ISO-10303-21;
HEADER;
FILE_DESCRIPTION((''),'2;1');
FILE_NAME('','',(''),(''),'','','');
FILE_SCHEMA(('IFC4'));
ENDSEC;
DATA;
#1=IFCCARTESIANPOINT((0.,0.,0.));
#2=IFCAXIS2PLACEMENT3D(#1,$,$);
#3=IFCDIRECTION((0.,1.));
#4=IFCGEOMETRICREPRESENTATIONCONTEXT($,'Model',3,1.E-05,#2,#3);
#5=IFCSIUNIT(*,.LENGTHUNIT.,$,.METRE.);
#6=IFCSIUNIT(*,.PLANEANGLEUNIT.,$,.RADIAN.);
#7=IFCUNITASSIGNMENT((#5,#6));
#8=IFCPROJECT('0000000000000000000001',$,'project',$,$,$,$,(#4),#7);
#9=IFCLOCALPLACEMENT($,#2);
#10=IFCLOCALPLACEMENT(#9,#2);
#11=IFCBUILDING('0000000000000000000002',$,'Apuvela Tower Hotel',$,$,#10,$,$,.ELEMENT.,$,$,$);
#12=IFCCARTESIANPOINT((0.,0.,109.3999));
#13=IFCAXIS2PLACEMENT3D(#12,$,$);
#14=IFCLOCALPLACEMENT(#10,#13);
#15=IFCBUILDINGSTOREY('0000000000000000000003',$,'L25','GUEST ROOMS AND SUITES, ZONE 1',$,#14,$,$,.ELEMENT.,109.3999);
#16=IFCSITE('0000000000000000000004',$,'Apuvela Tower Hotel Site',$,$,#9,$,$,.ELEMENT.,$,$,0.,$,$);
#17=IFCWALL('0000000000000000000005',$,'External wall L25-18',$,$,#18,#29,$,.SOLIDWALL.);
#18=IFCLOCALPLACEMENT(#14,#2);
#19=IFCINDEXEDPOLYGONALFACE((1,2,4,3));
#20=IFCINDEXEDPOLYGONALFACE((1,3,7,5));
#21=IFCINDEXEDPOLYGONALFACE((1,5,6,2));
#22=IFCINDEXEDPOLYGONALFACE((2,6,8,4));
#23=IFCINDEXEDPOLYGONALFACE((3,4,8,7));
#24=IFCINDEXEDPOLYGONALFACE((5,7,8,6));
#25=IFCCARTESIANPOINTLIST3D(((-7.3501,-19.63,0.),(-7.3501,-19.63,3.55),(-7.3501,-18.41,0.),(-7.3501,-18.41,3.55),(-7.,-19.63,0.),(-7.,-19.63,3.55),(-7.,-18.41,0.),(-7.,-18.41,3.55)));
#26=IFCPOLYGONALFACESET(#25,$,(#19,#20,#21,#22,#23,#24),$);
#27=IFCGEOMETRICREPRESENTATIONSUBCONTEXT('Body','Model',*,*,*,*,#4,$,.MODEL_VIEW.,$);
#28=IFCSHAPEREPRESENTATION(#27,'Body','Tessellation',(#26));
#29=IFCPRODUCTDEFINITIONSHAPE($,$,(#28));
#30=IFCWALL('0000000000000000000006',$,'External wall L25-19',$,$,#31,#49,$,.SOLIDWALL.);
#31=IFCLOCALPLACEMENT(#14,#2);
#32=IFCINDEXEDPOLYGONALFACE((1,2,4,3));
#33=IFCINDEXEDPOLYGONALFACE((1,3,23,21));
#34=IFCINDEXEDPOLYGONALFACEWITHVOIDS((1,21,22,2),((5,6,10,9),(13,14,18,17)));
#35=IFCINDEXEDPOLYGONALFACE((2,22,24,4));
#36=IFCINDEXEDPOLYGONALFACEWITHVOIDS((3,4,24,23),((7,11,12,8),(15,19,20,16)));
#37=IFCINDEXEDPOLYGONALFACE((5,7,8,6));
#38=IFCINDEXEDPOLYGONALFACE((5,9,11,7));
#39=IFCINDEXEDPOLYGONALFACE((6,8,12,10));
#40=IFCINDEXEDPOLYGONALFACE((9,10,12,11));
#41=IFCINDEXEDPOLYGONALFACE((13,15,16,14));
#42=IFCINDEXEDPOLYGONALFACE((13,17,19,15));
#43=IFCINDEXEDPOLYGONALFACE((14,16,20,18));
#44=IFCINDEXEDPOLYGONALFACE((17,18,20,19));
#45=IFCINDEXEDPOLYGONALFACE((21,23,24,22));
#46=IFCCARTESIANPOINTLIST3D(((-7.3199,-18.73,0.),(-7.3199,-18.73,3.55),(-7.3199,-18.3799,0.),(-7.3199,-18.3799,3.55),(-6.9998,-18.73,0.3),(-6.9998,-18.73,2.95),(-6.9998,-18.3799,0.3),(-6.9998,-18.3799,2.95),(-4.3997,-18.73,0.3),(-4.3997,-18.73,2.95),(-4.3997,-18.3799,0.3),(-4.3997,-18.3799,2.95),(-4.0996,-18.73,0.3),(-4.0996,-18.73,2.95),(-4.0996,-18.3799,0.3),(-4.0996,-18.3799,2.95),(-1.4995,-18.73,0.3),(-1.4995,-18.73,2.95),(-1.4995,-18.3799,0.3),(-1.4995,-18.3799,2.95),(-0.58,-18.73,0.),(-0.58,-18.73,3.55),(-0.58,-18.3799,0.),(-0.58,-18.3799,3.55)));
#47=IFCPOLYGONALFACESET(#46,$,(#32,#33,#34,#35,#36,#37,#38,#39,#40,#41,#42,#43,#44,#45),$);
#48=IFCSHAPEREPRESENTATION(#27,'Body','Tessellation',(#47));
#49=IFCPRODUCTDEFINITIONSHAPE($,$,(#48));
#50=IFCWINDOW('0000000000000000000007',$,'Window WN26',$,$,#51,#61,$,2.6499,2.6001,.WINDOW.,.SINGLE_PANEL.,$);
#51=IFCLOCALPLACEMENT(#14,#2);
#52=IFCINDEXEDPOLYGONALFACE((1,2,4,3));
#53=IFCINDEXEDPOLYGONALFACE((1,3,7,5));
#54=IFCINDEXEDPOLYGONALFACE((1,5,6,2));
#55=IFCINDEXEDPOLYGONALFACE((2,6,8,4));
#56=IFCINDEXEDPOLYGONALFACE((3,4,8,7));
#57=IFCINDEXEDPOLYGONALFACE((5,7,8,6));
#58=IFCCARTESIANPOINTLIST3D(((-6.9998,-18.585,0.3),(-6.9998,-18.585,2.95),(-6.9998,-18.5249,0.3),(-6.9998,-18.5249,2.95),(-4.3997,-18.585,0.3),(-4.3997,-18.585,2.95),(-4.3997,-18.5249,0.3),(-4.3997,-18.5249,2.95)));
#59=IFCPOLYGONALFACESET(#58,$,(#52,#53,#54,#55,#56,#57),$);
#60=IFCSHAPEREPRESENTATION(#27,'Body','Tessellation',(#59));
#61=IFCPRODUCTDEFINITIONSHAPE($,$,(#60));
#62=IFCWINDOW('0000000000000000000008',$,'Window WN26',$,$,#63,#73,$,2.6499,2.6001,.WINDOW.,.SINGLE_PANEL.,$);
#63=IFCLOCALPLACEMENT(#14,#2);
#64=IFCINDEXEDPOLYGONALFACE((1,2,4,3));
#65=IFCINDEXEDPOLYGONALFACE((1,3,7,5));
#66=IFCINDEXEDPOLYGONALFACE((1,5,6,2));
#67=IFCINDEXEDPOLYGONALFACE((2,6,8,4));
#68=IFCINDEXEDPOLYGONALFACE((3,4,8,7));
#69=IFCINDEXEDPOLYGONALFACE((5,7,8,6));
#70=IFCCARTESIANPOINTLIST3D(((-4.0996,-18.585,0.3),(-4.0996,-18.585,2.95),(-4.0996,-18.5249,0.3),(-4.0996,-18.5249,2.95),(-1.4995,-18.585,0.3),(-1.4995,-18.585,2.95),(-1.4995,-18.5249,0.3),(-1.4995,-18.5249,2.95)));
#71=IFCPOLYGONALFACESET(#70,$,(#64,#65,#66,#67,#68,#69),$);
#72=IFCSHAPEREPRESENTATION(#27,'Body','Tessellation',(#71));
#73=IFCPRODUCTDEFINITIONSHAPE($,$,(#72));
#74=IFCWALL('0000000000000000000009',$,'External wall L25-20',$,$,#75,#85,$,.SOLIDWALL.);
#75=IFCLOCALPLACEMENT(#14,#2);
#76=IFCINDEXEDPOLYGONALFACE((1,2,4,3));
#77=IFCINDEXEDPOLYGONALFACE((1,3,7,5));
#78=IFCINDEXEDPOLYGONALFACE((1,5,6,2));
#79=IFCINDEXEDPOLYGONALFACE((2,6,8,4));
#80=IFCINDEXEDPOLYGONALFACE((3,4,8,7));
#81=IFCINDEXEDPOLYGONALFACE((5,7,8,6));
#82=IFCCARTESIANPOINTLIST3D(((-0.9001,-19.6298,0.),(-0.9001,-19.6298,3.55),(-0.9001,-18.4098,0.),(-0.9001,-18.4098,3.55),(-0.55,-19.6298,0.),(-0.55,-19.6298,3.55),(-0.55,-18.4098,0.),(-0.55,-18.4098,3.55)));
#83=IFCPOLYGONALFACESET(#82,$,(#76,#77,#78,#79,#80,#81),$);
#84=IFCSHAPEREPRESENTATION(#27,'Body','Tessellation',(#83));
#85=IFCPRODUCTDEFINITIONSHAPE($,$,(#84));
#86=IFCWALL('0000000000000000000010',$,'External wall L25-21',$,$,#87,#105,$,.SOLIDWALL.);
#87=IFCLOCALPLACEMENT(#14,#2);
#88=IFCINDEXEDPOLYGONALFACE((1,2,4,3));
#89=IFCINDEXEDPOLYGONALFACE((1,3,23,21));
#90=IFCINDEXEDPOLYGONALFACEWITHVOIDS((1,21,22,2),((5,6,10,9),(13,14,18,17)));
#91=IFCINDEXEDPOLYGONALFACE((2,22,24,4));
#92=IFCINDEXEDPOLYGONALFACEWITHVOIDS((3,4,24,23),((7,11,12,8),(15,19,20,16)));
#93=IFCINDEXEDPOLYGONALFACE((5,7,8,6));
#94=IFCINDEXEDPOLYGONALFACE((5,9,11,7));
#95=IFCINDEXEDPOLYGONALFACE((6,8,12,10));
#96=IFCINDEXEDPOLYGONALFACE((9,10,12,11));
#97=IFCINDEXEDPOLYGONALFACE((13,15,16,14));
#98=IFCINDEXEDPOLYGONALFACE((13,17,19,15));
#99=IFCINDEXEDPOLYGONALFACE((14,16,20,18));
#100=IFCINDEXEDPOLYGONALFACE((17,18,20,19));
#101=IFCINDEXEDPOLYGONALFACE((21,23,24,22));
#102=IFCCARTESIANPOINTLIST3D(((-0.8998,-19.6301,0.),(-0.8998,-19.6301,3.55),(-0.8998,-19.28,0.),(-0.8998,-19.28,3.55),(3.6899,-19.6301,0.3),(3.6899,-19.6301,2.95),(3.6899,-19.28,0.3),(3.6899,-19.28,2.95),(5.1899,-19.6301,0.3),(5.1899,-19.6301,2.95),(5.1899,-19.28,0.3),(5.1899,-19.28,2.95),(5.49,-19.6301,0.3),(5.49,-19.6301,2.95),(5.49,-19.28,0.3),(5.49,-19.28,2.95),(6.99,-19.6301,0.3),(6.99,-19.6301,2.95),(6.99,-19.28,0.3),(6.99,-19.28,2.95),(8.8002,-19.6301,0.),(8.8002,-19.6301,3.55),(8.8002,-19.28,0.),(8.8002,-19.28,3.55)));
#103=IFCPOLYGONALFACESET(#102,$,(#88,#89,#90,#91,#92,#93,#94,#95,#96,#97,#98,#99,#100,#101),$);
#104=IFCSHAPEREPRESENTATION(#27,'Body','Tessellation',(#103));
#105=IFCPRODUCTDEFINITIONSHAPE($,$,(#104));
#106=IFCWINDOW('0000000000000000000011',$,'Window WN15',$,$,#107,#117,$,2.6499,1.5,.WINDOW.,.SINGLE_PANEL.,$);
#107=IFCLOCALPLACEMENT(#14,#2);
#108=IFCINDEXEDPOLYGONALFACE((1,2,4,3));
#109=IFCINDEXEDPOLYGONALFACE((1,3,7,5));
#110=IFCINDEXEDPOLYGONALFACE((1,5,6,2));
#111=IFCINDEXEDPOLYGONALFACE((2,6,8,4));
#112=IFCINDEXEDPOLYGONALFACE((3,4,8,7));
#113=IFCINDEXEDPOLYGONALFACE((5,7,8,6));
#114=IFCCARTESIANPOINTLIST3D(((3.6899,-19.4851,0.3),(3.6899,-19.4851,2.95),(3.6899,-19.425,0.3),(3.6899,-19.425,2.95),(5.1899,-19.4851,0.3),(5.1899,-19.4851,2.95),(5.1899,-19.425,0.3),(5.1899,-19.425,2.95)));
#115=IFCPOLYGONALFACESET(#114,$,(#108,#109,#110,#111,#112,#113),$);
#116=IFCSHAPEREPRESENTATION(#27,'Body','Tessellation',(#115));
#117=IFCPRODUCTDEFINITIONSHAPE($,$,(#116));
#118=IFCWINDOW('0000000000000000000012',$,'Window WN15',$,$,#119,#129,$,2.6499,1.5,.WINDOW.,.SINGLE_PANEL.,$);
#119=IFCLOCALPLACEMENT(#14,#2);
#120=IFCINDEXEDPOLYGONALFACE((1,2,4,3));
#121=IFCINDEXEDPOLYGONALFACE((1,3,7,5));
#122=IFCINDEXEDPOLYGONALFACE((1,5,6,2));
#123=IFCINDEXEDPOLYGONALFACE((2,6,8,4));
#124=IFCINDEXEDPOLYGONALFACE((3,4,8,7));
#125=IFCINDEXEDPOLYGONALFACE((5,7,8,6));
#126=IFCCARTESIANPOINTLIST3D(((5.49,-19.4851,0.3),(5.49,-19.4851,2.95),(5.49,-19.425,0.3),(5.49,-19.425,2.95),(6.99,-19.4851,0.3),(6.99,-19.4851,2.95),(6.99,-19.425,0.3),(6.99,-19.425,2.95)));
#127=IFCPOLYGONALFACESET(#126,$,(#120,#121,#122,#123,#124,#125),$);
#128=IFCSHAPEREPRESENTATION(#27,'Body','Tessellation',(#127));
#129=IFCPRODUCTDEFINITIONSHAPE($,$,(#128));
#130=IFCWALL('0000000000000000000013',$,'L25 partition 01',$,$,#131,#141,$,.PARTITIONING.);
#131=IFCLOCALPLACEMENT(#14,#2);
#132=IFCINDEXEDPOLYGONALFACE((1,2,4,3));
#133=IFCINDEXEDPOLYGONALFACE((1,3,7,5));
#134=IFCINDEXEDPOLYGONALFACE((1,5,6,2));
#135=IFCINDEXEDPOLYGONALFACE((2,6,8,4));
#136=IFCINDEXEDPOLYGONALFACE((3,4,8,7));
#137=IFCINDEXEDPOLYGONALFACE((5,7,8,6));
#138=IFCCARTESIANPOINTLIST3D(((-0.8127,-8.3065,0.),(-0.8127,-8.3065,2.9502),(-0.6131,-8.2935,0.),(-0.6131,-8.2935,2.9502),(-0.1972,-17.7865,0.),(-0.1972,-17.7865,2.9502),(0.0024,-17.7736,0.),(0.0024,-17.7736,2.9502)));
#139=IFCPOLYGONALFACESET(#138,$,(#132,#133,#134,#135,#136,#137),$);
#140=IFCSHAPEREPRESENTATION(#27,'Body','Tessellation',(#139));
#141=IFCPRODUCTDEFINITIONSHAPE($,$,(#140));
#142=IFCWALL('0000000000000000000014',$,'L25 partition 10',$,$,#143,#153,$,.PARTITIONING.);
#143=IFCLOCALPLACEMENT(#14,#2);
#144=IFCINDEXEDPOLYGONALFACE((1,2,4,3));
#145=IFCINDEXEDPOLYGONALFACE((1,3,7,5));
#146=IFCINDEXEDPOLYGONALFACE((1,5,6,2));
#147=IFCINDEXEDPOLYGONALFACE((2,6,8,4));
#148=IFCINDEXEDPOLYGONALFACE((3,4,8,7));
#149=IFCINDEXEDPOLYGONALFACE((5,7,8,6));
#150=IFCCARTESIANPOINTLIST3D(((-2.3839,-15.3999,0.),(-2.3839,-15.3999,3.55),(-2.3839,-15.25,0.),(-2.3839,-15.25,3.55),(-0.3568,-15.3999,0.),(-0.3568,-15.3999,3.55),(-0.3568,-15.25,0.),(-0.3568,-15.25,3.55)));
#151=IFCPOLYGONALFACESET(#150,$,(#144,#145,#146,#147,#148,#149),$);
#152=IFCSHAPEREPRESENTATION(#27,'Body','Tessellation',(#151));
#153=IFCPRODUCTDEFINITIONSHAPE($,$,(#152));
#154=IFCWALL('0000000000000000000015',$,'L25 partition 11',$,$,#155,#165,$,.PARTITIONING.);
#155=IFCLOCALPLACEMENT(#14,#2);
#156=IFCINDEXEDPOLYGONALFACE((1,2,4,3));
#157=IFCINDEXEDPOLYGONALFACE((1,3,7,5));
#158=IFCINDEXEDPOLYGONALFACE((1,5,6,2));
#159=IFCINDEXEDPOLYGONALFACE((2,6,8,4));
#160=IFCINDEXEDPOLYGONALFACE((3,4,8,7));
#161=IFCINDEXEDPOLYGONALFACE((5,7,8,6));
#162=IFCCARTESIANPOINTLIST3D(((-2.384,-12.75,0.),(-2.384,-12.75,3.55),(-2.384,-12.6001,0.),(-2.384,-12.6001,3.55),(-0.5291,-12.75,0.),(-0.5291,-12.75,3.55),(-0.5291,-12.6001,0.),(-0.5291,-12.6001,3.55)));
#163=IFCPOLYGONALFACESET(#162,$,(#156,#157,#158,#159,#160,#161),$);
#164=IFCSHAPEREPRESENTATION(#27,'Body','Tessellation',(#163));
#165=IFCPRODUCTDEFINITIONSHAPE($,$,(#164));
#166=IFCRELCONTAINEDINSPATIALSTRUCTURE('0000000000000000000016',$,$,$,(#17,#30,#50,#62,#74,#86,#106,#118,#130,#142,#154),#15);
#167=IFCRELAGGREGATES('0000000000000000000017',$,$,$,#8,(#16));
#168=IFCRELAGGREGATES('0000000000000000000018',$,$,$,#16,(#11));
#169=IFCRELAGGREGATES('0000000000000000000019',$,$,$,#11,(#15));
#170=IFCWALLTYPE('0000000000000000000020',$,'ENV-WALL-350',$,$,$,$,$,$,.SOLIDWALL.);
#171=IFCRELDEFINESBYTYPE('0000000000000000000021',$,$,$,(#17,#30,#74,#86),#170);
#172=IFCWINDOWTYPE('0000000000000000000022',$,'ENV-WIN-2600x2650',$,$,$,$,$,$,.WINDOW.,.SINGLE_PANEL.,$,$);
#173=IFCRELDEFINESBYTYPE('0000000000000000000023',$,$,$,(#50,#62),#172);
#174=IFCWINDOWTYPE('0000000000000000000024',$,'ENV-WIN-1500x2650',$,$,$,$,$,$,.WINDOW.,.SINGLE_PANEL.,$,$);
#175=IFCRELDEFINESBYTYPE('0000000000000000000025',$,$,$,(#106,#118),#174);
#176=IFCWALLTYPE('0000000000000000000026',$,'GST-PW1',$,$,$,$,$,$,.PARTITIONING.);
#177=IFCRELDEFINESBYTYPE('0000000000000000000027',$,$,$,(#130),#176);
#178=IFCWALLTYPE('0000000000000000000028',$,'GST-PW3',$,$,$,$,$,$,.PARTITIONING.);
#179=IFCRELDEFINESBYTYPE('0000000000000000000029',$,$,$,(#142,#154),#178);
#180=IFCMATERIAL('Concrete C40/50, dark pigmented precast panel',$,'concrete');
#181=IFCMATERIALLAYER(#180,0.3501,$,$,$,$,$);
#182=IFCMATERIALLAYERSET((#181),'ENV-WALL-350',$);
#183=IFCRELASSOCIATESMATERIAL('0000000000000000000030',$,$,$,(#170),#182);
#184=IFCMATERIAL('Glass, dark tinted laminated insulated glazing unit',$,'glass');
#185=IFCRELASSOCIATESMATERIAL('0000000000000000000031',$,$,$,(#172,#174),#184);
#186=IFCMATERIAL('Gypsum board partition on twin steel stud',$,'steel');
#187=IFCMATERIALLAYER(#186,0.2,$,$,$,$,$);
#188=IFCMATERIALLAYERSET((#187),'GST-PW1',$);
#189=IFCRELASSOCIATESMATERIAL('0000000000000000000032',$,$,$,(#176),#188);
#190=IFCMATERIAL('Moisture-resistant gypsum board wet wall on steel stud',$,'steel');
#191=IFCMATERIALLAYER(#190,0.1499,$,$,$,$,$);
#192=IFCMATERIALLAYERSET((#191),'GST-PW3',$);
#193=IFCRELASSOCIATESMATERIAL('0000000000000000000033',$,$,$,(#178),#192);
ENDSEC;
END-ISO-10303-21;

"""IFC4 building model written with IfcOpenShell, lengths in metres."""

from ifc_helpers import new_model, si_unit, direction, frame, frame_2d, origin, place, context, subcontext, project, spatial, rectangle, extrude, material, layer, layer_set, type_object, element, fill, save


model = new_model("IFC4")

# Units and contexts
model_context = context("Model", 3, precision=1e-05, world=origin(), true_north=direction((0.0, 1.0)))
body_context = subcontext(model_context, "Body", "Model", "MODEL_VIEW")
ifc_project = project(units=[si_unit("LENGTHUNIT", "METRE"), si_unit("PLANEANGLEUNIT", "RADIAN")], contexts=[model_context])

# Site, building, storey
site_placement = place(None, origin())
site = spatial("IfcSite", under=ifc_project, at=site_placement, Name="Apuvela Tower Hotel Site", CompositionType="ELEMENT", RefElevation=0.0)
building_placement = place(site_placement, origin())
building = spatial("IfcBuilding", under=site, at=building_placement, Name="Apuvela Tower Hotel", CompositionType="ELEMENT")
storey_placement = place(building_placement, frame((0.0, 0.0, 109.3999)))
storey = spatial("IfcBuildingStorey", under=building, at=storey_placement, Name="L25", Description="GUEST ROOMS AND SUITES, ZONE 1", CompositionType="ELEMENT", Elevation=109.3999)

# Wall
ifc_material_1 = material(Name="Concrete C40/50, dark pigmented precast panel", Category="concrete")
ifc_layer_1 = layer(ifc_material_1, 0.3501)
ifc_layer_set_1 = layer_set([ifc_layer_1], Name="ENV-WALL-350")
wall_type_1 = type_object("IfcWallType", Name="ENV-WALL-350", PredefinedType="SOLIDWALL", material=ifc_layer_set_1)
wall_1_placement = place(storey_placement, frame((-7.175, -19.6299, 0.0), z_axis=(0.0, 0.0, 1.0), x_axis=(0.0, 1.0, 0.0)))
element("IfcWall", 1, at=wall_1_placement, inside=storey, type_object=wall_type_1, Name="External wall L25-18", PredefinedType="SOLIDWALL", context=body_context, shape_type="SweptSolid", body=[
    extrude(rectangle(XDim=1.22, YDim=0.3501, at=frame_2d((0.6099, 0.0))), origin(), (0.0, 0.0, 1.0), 3.55),
])

# Wall, openings, windows
wall_2_placement = place(storey_placement, frame((-7.3201, -18.5549, 0.0), z_axis=(0.0, 0.0, 1.0), x_axis=(1.0, 0.0, 0.0)))
wall_2 = element("IfcWall", 2, at=wall_2_placement, inside=storey, type_object=wall_type_1, Name="External wall L25-19", PredefinedType="SOLIDWALL", context=body_context, shape_type="SweptSolid", body=[
    extrude(rectangle(XDim=6.74, YDim=0.3501, at=frame_2d((3.3701, 0.0))), origin(), (0.0, 0.0, 1.0), 3.55),
])
opening_1_placement = place(wall_2_placement, frame((0.3203, 0.0, 0.3)))
opening_1 = element("IfcOpeningElement", 3, at=opening_1_placement, cuts=wall_2, PredefinedType="OPENING", context=body_context, shape_type="SweptSolid", body=[
    extrude(rectangle(XDim=2.6001, YDim=2.6499, at=frame_2d((1.3, 1.325))), frame((0.0, 0.1851, 0.0), z_axis=(0.0, -1.0, 0.0), x_axis=(1.0, 0.0, 0.0)), (0.0, 0.0, 1.0), 0.3701),
])
opening_2_placement = place(wall_2_placement, frame((3.2205, 0.0, 0.3)))
opening_2 = element("IfcOpeningElement", 4, at=opening_2_placement, cuts=wall_2, PredefinedType="OPENING", context=body_context, shape_type="SweptSolid", body=[
    extrude(rectangle(XDim=2.6001, YDim=2.6499, at=frame_2d((1.3, 1.325))), frame((0.0, 0.1851, 0.0), z_axis=(0.0, -1.0, 0.0), x_axis=(1.0, 0.0, 0.0)), (0.0, 0.0, 1.0), 0.3701),
])
ifc_material_2 = material(Name="Glass, dark tinted laminated insulated glazing unit", Category="glass")
window_type_1 = type_object("IfcWindowType", Name="ENV-WIN-2600x2650", PartitioningType="SINGLE_PANEL", PredefinedType="WINDOW", material=ifc_material_2)
window_1_placement = place(opening_1_placement, origin())
window_1 = element("IfcWindow", 5, at=window_1_placement, inside=storey, type_object=window_type_1, Name="Window WN26", OverallHeight=2.6499, OverallWidth=2.6001, PartitioningType="SINGLE_PANEL", PredefinedType="WINDOW", context=body_context, shape_type="SweptSolid", body=[
    extrude(rectangle(XDim=2.6001, YDim=2.6499, at=frame_2d((1.3, 1.325))), frame((0.0, 0.03, 0.0), z_axis=(0.0, -1.0, 0.0), x_axis=(1.0, 0.0, 0.0)), (0.0, 0.0, 1.0), 0.0601),
])
fill(opening_1, window_1)
window_2_placement = place(opening_2_placement, origin())
window_2 = element("IfcWindow", 6, at=window_2_placement, inside=storey, type_object=window_type_1, Name="Window WN26", OverallHeight=2.6499, OverallWidth=2.6001, PartitioningType="SINGLE_PANEL", PredefinedType="WINDOW", context=body_context, shape_type="SweptSolid", body=[
    extrude(rectangle(XDim=2.6001, YDim=2.6499, at=frame_2d((1.3, 1.325))), frame((0.0, 0.03, 0.0), z_axis=(0.0, -1.0, 0.0), x_axis=(1.0, 0.0, 0.0)), (0.0, 0.0, 1.0), 0.0601),
])
fill(opening_2, window_2)

# Wall
wall_3_placement = place(storey_placement, frame((-0.7251, -18.4099, 0.0), z_axis=(0.0, 0.0, 1.0), x_axis=(0.0, -1.0, 0.0)))
element("IfcWall", 7, at=wall_3_placement, inside=storey, type_object=wall_type_1, Name="External wall L25-20", PredefinedType="SOLIDWALL", context=body_context, shape_type="SweptSolid", body=[
    extrude(rectangle(XDim=1.22, YDim=0.3501, at=frame_2d((0.6099, 0.0))), origin(), (0.0, 0.0, 1.0), 3.55),
])

# Wall, openings, windows
wall_4_placement = place(storey_placement, frame((-0.8999, -19.4551, 0.0), z_axis=(0.0, 0.0, 1.0), x_axis=(1.0, 0.0, 0.0)))
wall_4 = element("IfcWall", 8, at=wall_4_placement, inside=storey, type_object=wall_type_1, Name="External wall L25-21", PredefinedType="SOLIDWALL", context=body_context, shape_type="SweptSolid", body=[
    extrude(rectangle(XDim=9.7, YDim=0.3501, at=frame_2d((4.8501, 0.0))), origin(), (0.0, 0.0, 1.0), 3.55),
])
opening_3_placement = place(wall_4_placement, frame((4.5898, 0.0, 0.3)))
opening_3 = element("IfcOpeningElement", 9, at=opening_3_placement, cuts=wall_4, PredefinedType="OPENING", context=body_context, shape_type="SweptSolid", body=[
    extrude(rectangle(XDim=1.5, YDim=2.6499, at=frame_2d((0.75, 1.325))), frame((0.0, 0.1851, 0.0), z_axis=(0.0, -1.0, 0.0), x_axis=(1.0, 0.0, 0.0)), (0.0, 0.0, 1.0), 0.3701),
])
opening_4_placement = place(wall_4_placement, frame((6.3899, 0.0, 0.3)))
opening_4 = element("IfcOpeningElement", 10, at=opening_4_placement, cuts=wall_4, PredefinedType="OPENING", context=body_context, shape_type="SweptSolid", body=[
    extrude(rectangle(XDim=1.5, YDim=2.6499, at=frame_2d((0.75, 1.325))), frame((0.0, 0.1851, 0.0), z_axis=(0.0, -1.0, 0.0), x_axis=(1.0, 0.0, 0.0)), (0.0, 0.0, 1.0), 0.3701),
])
window_type_2 = type_object("IfcWindowType", Name="ENV-WIN-1500x2650", PartitioningType="SINGLE_PANEL", PredefinedType="WINDOW", material=ifc_material_2)
window_3_placement = place(opening_3_placement, origin())
window_3 = element("IfcWindow", 11, at=window_3_placement, inside=storey, type_object=window_type_2, Name="Window WN15", OverallHeight=2.6499, OverallWidth=1.5, PartitioningType="SINGLE_PANEL", PredefinedType="WINDOW", context=body_context, shape_type="SweptSolid", body=[
    extrude(rectangle(XDim=1.5, YDim=2.6499, at=frame_2d((0.75, 1.325))), frame((0.0, 0.03, 0.0), z_axis=(0.0, -1.0, 0.0), x_axis=(1.0, 0.0, 0.0)), (0.0, 0.0, 1.0), 0.0601),
])
fill(opening_3, window_3)
window_4_placement = place(opening_4_placement, origin())
window_4 = element("IfcWindow", 12, at=window_4_placement, inside=storey, type_object=window_type_2, Name="Window WN15", OverallHeight=2.6499, OverallWidth=1.5, PartitioningType="SINGLE_PANEL", PredefinedType="WINDOW", context=body_context, shape_type="SweptSolid", body=[
    extrude(rectangle(XDim=1.5, YDim=2.6499, at=frame_2d((0.75, 1.325))), frame((0.0, 0.03, 0.0), z_axis=(0.0, -1.0, 0.0), x_axis=(1.0, 0.0, 0.0)), (0.0, 0.0, 1.0), 0.0601),
])
fill(opening_4, window_4)

# Walls
ifc_material_3 = material(Name="Gypsum board partition on twin steel stud", Category="steel")
ifc_layer_2 = layer(ifc_material_3, 0.2)
ifc_layer_set_2 = layer_set([ifc_layer_2], Name="GST-PW1")
wall_type_2 = type_object("IfcWallType", Name="GST-PW1", PredefinedType="PARTITIONING", material=ifc_layer_set_2)
wall_5_placement = place(storey_placement, frame((-0.0974, -17.78, 0.0), z_axis=(0.0, 0.0, 1.0), x_axis=(-0.064788, 0.997899, 0.0)))
element("IfcWall", 13, at=wall_5_placement, inside=storey, type_object=wall_type_2, Name="L25 partition 01", PredefinedType="PARTITIONING", context=body_context, shape_type="SweptSolid", body=[
    extrude(rectangle(XDim=9.5, YDim=0.2, at=frame_2d((4.75, 0.0))), origin(), (0.0, 0.0, 1.0), 2.9502),
])
ifc_material_4 = material(Name="Moisture-resistant gypsum board wet wall on steel stud", Category="steel")
ifc_layer_3 = layer(ifc_material_4, 0.1499)
ifc_layer_set_3 = layer_set([ifc_layer_3], Name="GST-PW3")
wall_type_3 = type_object("IfcWallType", Name="GST-PW3", PredefinedType="PARTITIONING", material=ifc_layer_set_3)
wall_6_placement = place(storey_placement, frame((-2.384, -15.325, 0.0), z_axis=(0.0, 0.0, 1.0), x_axis=(1.0, 0.0, 0.0)))
element("IfcWall", 14, at=wall_6_placement, inside=storey, type_object=wall_type_3, Name="L25 partition 10", PredefinedType="PARTITIONING", context=body_context, shape_type="SweptSolid", body=[
    extrude(rectangle(XDim=2.0271, YDim=0.1499, at=frame_2d((1.0137, 0.0))), origin(), (0.0, 0.0, 1.0), 3.55),
])
wall_7_placement = place(storey_placement, frame((-2.384, -12.675, 0.0), z_axis=(0.0, 0.0, 1.0), x_axis=(1.0, 0.0, 0.0)))
element("IfcWall", 15, at=wall_7_placement, inside=storey, type_object=wall_type_3, Name="L25 partition 11", PredefinedType="PARTITIONING", context=body_context, shape_type="SweptSolid", body=[
    extrude(rectangle(XDim=1.855, YDim=0.1499, at=frame_2d((0.9275, 0.0))), origin(), (0.0, 0.0, 1.0), 3.55),
])

save(model, "model.ifc")
